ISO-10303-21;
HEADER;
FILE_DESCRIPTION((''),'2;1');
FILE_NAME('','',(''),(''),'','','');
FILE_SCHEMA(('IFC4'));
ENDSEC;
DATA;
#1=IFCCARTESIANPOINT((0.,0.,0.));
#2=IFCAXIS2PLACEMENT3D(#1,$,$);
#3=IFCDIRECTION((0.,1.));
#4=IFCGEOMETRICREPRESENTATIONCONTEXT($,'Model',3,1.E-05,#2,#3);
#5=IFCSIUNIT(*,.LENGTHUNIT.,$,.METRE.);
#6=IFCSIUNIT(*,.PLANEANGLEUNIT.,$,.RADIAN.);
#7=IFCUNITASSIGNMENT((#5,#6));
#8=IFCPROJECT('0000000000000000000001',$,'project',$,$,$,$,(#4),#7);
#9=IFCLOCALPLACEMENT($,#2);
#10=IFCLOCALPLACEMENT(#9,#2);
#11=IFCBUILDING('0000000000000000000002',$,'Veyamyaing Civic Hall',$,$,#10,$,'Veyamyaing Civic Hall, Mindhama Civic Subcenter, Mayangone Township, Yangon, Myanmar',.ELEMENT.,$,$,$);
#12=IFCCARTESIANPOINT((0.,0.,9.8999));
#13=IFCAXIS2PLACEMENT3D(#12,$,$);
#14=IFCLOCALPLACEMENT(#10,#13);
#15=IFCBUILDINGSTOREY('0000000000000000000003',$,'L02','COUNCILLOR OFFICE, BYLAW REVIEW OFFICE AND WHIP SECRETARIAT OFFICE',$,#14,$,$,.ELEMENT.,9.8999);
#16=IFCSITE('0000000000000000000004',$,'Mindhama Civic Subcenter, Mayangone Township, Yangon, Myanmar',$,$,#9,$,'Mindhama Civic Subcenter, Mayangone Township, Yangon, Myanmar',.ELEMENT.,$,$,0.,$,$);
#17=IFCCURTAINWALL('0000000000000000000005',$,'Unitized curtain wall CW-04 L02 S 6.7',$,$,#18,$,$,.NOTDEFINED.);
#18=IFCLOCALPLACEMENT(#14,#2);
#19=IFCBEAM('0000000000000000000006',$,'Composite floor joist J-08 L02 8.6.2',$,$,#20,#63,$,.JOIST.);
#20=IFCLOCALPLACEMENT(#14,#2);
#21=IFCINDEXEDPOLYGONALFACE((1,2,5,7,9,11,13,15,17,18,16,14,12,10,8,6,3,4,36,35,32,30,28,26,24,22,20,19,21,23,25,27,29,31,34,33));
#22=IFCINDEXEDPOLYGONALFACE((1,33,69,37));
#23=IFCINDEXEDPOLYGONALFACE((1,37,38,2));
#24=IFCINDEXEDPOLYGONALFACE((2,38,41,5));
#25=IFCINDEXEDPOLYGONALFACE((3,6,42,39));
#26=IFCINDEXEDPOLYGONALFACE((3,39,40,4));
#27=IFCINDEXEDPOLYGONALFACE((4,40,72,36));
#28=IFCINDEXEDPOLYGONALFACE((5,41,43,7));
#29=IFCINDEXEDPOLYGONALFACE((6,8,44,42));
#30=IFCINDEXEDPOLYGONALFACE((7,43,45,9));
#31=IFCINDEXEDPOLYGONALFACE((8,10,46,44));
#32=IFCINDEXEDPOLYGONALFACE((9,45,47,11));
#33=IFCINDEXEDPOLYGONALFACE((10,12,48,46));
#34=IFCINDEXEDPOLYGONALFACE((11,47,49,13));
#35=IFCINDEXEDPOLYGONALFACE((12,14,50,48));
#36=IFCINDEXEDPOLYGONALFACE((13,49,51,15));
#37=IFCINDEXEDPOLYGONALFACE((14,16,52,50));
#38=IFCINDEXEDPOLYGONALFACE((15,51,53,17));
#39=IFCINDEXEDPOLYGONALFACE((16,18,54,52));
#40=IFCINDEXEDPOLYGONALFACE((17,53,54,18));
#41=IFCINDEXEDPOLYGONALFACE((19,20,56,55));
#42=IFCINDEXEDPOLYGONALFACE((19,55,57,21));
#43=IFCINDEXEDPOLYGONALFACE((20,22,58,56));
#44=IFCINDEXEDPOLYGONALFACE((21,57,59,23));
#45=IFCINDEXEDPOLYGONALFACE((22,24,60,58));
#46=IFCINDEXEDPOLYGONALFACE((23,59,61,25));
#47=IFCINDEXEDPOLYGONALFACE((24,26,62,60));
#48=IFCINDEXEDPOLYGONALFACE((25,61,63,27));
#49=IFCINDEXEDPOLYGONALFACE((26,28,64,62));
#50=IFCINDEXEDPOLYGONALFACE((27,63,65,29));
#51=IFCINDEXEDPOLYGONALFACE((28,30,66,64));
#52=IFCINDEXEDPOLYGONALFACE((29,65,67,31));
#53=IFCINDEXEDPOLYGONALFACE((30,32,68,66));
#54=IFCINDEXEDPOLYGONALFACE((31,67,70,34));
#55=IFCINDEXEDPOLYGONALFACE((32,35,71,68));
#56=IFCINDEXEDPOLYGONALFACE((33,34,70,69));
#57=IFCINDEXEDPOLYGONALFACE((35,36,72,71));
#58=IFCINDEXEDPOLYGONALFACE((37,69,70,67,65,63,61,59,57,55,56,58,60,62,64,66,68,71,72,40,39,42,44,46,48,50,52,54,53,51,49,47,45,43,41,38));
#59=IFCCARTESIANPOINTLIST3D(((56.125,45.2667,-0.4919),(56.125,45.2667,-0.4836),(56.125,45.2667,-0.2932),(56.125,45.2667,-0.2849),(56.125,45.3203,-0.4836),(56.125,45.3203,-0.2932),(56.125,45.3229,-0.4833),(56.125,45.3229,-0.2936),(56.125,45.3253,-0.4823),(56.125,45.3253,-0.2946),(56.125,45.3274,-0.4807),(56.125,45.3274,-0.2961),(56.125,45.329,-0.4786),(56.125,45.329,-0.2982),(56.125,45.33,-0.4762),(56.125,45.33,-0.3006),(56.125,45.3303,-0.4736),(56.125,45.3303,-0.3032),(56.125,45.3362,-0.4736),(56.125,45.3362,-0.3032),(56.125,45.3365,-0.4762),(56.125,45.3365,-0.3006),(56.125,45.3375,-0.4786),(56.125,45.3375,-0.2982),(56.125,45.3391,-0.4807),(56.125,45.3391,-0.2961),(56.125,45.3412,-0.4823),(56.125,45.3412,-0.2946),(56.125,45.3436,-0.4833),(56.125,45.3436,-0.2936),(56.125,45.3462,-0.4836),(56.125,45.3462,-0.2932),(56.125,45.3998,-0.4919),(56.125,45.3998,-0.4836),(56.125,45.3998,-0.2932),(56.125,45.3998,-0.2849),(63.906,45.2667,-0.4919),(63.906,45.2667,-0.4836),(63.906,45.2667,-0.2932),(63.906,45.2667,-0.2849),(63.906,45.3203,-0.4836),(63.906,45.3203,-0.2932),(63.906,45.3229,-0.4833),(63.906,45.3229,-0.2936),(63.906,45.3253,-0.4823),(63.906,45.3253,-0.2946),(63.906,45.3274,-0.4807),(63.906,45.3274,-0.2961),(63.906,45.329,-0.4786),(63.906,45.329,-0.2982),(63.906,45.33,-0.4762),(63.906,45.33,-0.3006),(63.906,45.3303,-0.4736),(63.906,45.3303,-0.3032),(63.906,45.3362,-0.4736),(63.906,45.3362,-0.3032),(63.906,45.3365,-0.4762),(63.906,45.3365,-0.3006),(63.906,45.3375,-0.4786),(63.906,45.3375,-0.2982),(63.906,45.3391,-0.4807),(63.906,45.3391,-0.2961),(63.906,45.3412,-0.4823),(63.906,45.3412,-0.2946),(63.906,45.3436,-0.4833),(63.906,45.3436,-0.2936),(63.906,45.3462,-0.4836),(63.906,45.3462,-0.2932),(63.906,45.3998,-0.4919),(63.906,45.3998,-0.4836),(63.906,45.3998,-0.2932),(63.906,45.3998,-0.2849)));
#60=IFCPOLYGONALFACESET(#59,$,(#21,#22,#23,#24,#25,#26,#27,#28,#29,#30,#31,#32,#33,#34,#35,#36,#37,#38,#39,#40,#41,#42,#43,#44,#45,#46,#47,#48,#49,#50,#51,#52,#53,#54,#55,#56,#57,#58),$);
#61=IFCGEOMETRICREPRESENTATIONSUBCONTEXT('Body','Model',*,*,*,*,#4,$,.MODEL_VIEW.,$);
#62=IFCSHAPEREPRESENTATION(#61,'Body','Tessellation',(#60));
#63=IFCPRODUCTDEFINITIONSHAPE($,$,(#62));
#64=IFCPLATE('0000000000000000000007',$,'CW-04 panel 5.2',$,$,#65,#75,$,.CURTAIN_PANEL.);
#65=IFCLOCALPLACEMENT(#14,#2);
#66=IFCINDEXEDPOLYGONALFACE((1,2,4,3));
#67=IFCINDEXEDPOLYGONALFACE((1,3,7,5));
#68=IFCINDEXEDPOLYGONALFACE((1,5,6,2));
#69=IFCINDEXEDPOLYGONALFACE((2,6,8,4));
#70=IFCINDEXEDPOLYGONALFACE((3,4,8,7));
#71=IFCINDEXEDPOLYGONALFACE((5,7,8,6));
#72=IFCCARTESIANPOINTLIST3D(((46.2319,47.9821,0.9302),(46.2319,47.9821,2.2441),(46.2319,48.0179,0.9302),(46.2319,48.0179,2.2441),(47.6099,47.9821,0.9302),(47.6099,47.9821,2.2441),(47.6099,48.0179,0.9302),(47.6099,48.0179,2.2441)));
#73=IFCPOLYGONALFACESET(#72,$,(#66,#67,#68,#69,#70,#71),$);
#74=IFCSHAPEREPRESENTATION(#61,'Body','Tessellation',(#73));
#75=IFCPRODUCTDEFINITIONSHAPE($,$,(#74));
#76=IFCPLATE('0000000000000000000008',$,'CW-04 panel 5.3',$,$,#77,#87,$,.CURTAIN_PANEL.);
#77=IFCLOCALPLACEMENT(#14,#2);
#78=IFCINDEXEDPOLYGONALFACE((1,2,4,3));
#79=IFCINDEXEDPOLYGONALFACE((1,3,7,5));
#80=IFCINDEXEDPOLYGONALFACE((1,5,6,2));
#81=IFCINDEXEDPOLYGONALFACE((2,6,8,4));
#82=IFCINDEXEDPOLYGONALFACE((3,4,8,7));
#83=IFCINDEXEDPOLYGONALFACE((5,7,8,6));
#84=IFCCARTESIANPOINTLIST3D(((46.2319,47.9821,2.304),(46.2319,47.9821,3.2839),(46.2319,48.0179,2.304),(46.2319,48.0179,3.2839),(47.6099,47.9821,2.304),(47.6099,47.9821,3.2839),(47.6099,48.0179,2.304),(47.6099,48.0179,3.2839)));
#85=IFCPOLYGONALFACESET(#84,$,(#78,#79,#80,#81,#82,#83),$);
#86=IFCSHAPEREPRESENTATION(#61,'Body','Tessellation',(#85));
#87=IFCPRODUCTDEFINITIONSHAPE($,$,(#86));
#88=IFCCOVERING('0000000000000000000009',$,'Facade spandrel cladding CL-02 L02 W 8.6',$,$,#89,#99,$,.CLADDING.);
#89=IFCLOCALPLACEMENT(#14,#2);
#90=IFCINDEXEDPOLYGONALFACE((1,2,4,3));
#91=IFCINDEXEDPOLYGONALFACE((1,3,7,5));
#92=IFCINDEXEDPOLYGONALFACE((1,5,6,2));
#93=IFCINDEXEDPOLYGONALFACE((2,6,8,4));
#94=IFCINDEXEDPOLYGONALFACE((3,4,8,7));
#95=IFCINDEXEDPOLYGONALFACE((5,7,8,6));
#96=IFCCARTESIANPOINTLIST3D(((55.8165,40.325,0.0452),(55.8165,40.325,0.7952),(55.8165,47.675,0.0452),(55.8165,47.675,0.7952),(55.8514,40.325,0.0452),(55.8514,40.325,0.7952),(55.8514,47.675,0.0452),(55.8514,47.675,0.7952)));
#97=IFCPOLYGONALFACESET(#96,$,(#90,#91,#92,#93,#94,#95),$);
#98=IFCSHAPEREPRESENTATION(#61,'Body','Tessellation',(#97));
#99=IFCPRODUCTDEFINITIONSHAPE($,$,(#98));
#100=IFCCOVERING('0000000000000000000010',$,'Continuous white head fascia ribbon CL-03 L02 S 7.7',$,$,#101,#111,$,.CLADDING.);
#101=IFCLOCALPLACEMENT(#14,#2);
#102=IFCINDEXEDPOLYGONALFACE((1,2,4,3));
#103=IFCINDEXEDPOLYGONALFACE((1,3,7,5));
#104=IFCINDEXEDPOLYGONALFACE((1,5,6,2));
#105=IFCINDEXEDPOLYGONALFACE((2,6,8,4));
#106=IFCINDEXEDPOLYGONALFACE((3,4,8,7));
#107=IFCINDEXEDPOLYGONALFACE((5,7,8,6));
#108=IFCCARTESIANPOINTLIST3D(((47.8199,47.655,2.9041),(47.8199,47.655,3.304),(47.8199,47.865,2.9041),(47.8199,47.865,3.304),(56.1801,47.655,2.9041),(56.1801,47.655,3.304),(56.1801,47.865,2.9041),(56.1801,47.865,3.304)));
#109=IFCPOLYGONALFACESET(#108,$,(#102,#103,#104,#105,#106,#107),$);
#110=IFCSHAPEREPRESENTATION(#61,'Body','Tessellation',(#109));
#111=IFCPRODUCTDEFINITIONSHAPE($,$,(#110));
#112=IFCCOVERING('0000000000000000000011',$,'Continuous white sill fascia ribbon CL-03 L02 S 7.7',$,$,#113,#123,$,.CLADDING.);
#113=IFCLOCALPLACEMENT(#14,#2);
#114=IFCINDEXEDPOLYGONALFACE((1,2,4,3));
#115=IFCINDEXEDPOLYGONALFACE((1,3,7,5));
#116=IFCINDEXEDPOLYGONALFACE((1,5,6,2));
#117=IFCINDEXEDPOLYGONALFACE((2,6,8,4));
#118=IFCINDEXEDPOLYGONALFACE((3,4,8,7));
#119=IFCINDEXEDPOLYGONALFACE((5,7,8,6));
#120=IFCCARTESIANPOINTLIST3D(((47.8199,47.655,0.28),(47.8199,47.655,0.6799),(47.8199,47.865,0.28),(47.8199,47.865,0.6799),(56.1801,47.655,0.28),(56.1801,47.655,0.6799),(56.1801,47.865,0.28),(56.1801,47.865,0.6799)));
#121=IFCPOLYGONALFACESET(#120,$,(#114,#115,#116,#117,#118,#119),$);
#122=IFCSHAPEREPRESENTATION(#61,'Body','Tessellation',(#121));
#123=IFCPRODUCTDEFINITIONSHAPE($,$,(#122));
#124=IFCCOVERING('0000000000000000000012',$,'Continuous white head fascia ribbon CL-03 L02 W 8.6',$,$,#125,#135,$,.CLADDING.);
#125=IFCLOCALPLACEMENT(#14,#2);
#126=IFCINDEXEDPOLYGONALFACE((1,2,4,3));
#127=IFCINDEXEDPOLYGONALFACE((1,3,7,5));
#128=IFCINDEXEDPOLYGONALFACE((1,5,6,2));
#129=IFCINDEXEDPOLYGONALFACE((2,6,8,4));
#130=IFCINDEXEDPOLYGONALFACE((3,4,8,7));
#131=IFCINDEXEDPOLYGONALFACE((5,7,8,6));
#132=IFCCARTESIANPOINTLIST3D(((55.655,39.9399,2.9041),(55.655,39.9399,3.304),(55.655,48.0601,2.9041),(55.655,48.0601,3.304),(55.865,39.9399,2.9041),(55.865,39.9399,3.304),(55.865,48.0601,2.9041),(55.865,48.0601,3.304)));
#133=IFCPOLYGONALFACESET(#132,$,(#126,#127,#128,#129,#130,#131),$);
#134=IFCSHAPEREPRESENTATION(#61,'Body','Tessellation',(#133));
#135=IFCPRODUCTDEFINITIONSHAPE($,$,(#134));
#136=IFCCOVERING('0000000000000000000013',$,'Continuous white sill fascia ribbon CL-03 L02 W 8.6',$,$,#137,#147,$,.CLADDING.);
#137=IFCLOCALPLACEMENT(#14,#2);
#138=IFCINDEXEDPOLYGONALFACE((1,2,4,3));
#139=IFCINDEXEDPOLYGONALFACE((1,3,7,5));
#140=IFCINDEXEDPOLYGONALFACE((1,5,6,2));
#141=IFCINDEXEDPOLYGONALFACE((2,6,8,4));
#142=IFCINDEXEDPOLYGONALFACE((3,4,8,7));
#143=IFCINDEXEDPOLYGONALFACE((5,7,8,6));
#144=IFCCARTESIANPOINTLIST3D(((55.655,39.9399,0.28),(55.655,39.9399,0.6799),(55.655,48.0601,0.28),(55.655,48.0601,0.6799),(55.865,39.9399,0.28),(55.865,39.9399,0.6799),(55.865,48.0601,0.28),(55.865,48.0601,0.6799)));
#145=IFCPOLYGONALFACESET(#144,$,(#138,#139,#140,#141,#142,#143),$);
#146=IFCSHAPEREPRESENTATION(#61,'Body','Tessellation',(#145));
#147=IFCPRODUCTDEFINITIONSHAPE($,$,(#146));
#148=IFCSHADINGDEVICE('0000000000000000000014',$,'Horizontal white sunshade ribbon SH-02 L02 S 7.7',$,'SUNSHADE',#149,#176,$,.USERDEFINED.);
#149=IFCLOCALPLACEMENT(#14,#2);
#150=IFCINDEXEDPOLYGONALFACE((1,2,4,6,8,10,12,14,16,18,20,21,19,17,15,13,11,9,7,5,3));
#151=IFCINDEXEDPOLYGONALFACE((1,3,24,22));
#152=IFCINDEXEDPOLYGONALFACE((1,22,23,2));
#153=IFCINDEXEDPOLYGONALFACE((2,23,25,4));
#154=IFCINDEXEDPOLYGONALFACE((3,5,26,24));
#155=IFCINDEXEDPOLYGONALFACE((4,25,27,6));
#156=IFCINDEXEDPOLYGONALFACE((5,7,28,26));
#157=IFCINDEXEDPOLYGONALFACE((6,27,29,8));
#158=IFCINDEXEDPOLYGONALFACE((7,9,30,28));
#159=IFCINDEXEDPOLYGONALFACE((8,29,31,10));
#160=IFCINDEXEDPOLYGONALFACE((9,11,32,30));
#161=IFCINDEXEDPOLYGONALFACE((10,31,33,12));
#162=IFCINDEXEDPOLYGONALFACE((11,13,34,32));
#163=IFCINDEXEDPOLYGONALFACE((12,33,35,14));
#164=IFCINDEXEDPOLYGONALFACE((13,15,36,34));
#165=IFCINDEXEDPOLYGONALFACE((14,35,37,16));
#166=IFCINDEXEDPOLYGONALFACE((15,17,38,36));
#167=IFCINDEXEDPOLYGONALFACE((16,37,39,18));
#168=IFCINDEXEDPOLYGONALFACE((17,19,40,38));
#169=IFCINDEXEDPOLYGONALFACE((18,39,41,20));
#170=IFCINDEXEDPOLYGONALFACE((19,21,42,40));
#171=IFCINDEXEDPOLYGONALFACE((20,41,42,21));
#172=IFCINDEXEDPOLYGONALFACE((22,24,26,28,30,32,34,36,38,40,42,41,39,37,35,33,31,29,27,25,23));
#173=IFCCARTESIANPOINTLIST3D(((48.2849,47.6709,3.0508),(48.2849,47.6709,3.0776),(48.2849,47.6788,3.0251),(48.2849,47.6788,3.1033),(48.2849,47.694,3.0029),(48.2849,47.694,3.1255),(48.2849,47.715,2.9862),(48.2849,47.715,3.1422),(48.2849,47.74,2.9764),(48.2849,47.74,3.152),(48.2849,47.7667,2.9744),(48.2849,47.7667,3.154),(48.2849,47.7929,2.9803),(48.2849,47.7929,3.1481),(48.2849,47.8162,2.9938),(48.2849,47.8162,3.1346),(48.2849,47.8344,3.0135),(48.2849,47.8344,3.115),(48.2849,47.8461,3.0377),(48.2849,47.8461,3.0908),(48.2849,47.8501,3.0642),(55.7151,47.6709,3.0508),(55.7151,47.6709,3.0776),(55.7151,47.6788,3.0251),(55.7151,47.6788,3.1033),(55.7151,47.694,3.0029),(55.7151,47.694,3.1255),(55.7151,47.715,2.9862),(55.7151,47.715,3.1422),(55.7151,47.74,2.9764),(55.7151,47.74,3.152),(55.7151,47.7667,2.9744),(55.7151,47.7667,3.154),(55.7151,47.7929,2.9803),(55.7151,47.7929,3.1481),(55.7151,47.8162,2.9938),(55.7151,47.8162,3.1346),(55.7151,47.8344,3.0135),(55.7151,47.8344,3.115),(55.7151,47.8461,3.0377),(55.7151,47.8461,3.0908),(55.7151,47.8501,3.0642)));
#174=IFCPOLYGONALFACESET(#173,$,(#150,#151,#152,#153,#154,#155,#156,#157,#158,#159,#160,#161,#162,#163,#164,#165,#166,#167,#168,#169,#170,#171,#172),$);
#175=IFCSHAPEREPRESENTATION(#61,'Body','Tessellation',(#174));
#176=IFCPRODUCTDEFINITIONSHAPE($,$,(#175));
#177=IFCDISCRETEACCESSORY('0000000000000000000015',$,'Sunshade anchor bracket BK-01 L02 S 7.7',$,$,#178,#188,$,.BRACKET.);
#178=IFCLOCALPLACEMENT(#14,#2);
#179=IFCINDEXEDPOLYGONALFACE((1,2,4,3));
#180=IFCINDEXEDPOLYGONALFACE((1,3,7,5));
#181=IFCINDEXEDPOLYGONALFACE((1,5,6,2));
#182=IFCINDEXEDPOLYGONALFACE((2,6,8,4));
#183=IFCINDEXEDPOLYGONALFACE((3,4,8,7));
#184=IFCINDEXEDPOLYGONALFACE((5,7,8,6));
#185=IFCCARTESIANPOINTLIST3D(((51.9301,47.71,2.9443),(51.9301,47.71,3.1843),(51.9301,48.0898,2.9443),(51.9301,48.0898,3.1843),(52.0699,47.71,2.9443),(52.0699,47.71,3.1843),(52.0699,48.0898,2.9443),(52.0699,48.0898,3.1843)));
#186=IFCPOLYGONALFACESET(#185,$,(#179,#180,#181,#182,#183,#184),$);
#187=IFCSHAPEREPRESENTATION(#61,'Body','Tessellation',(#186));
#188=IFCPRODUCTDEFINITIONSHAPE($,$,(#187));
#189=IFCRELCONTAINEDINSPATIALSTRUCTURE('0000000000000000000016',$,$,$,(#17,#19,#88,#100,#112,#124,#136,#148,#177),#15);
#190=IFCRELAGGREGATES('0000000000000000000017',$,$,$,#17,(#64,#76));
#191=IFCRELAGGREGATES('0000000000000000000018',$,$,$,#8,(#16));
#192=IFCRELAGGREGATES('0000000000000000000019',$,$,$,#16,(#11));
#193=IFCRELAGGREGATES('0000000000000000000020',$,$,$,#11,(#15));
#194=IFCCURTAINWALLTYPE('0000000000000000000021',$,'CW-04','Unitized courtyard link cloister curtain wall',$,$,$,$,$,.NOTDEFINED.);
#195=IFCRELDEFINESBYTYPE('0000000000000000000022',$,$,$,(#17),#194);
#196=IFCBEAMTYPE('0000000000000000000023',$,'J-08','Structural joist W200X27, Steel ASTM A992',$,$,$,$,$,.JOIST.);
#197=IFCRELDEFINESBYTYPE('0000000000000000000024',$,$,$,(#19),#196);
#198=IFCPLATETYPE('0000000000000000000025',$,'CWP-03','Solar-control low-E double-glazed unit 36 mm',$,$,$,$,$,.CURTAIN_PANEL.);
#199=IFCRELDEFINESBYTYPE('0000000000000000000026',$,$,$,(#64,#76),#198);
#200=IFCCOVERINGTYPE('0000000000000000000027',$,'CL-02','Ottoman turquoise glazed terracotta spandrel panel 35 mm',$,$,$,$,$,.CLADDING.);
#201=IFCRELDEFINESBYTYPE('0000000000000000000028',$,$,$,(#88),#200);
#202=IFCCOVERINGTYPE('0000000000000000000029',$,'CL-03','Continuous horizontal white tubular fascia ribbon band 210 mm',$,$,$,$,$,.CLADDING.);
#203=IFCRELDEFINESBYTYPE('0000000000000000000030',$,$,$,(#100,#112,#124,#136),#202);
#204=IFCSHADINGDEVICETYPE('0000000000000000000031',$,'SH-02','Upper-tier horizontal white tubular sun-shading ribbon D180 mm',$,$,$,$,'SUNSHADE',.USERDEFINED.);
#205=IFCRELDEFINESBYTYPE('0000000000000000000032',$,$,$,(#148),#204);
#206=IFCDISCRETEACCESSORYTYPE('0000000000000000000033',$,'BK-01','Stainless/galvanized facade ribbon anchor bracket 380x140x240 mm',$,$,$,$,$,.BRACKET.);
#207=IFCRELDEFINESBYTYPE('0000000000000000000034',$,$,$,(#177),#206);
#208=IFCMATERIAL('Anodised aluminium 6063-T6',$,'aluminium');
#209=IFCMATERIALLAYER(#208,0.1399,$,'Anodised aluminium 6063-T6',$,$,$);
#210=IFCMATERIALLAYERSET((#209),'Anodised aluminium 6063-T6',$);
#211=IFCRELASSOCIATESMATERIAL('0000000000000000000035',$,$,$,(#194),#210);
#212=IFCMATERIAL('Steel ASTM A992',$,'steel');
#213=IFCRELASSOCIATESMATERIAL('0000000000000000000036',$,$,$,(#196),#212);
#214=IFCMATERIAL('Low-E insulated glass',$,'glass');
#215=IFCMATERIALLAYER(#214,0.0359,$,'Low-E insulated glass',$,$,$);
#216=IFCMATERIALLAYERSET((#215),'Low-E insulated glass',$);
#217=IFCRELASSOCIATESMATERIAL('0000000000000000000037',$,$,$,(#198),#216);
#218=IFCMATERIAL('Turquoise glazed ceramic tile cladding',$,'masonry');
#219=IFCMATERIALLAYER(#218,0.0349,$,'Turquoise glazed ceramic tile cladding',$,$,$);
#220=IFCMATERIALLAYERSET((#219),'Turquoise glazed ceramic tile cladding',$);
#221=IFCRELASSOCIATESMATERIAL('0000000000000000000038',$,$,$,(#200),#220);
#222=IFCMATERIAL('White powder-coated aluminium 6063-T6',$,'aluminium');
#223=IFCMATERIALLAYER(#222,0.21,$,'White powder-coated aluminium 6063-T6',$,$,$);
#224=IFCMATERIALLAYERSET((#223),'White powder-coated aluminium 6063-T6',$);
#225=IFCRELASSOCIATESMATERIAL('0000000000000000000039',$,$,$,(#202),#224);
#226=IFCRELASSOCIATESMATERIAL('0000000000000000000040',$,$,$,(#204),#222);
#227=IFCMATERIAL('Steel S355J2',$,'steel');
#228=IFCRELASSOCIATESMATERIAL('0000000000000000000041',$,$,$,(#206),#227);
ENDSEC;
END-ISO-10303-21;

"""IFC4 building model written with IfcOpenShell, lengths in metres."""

from ifc_helpers import new_model, si_unit, direction, frame, origin, origin_2d, place, context, subcontext, project, spatial, rectangle, circle, i_section, extrude, material, layer, layer_set, material_profile, profile_set, type_object, element, aggregate, save


model = new_model("IFC4")

# Units and contexts
model_context = context("Model", 3, precision=1e-05, world=origin(), true_north=direction((0.0, 1.0)))
body_context = subcontext(model_context, "Body", "Model", "MODEL_VIEW")
ifc_project = project(units=[si_unit("LENGTHUNIT", "METRE"), si_unit("PLANEANGLEUNIT", "RADIAN")], contexts=[model_context])

# Site, building, storey
site_placement = place(None, origin())
site = spatial("IfcSite", under=ifc_project, at=site_placement, Name="Mindhama Civic Subcenter, Mayangone Township, Yangon, Myanmar", LongName="Mindhama Civic Subcenter, Mayangone Township, Yangon, Myanmar", CompositionType="ELEMENT", RefElevation=0.0)
building_placement = place(site_placement, origin())
building = spatial("IfcBuilding", under=site, at=building_placement, Name="Veyamyaing Civic Hall", LongName="Veyamyaing Civic Hall, Mindhama Civic Subcenter, Mayangone Township, Yangon, Myanmar", CompositionType="ELEMENT")
storey_placement = place(building_placement, frame((0.0, 0.0, 9.8999)))
storey = spatial("IfcBuildingStorey", under=building, at=storey_placement, Name="L02", Description="COUNCILLOR OFFICE, BYLAW REVIEW OFFICE AND WHIP SECRETARIAT OFFICE", CompositionType="ELEMENT", Elevation=9.8999)

# Shared definitions
ifc_material_1 = material(Name="Steel ASTM A992", Category="steel")

# Curtain wall
ifc_material_2 = material(Name="Anodised aluminium 6063-T6", Category="aluminium")
ifc_layer_1 = layer(ifc_material_2, 0.1399, Name="Anodised aluminium 6063-T6")
ifc_layer_set_1 = layer_set([ifc_layer_1], Name="Anodised aluminium 6063-T6")
curtain_wall_type = type_object("IfcCurtainWallType", Name="CW-04", Description="Unitized courtyard link cloister curtain wall", PredefinedType="NOTDEFINED", material=ifc_layer_set_1)
curtain_wall_1_placement = place(storey_placement, origin())
curtain_wall_1 = element("IfcCurtainWall", 1, at=curtain_wall_1_placement, inside=storey, type_object=curtain_wall_type, Name="Unitized curtain wall CW-04 L02 S 6.7", PredefinedType="NOTDEFINED")

# Beam
ifc_material_profile_1 = material_profile(ifc_material_1, i_section(OverallWidth=0.1331, OverallDepth=0.207, WebThickness=0.0059, FlangeThickness=0.0083, FilletRadius=0.01, at=origin_2d()), Name="W200X27")
ifc_profile_set_1 = profile_set([ifc_material_profile_1], Name="Steel ASTM A992")
beam_type_1 = type_object("IfcBeamType", Name="J-08", Description="Structural joist W200X27, Steel ASTM A992", PredefinedType="JOIST", material=ifc_profile_set_1)
for number, where, z_axis, x_axis, name in (
    (2, (56.125, 45.3333, -0.3884), (1.0, 0.0, 0.0), (0.0, 1.0, 0.0), "Composite floor joist J-08 L02 8.6.2"),
):
    element("IfcBeam", number, at=place(storey_placement, frame(where, z_axis=z_axis, x_axis=x_axis)), inside=storey, type_object=beam_type_1, Name=name, PredefinedType="JOIST", context=body_context, shape_type="SweptSolid", body=[
        extrude(i_section(OverallWidth=0.1331, OverallDepth=0.207, WebThickness=0.0059, FlangeThickness=0.0083, FilletRadius=0.01, at=origin_2d()), origin(), (0.0, 0.0, 1.0), 7.781),
    ])

# Plates
ifc_material_3 = material(Name="Low-E insulated glass", Category="glass")
ifc_layer_2 = layer(ifc_material_3, 0.0359, Name="Low-E insulated glass")
ifc_layer_set_2 = layer_set([ifc_layer_2], Name="Low-E insulated glass")
plate_type = type_object("IfcPlateType", Name="CWP-03", Description="Solar-control low-E double-glazed unit 36 mm", PredefinedType="CURTAIN_PANEL", material=ifc_layer_set_2)
plate_1_placement = place(storey_placement, frame((46.9209, 48.0, 0.9302), z_axis=(0.0, 0.0, 1.0), x_axis=(1.0, 0.0, 0.0)))
plate_1 = element("IfcPlate", 3, at=plate_1_placement, type_object=plate_type, Name="CW-04 panel 5.2", PredefinedType="CURTAIN_PANEL", context=body_context, shape_type="SweptSolid", body=[
    extrude(rectangle(XDim=1.3779, YDim=0.0359, at=origin_2d()), origin(), (0.0, 0.0, 1.0), 1.314),
])
plate_2_placement = place(storey_placement, frame((46.9209, 48.0, 2.304), z_axis=(0.0, 0.0, 1.0), x_axis=(1.0, 0.0, 0.0)))
plate_2 = element("IfcPlate", 4, at=plate_2_placement, type_object=plate_type, Name="CW-04 panel 5.3", PredefinedType="CURTAIN_PANEL", context=body_context, shape_type="SweptSolid", body=[
    extrude(rectangle(XDim=1.3779, YDim=0.0359, at=origin_2d()), origin(), (0.0, 0.0, 1.0), 0.98),
])
aggregate(curtain_wall_1, [plate_1, plate_2])

# Coverings
ifc_material_4 = material(Name="Turquoise glazed ceramic tile cladding", Category="masonry")
ifc_layer_3 = layer(ifc_material_4, 0.0349, Name="Turquoise glazed ceramic tile cladding")
ifc_layer_set_3 = layer_set([ifc_layer_3], Name="Turquoise glazed ceramic tile cladding")
covering_type_1 = type_object("IfcCoveringType", Name="CL-02", Description="Ottoman turquoise glazed terracotta spandrel panel 35 mm", PredefinedType="CLADDING", material=ifc_layer_set_3)
covering_placement = place(storey_placement, frame((55.834, 44.0, 0.0452), z_axis=(0.0, 0.0, 1.0), x_axis=(0.0, 1.0, 0.0)))
element("IfcCovering", 5, at=covering_placement, inside=storey, type_object=covering_type_1, Name="Facade spandrel cladding CL-02 L02 W 8.6", PredefinedType="CLADDING", context=body_context, shape_type="SweptSolid", body=[
    extrude(rectangle(XDim=7.3501, YDim=0.0349, at=origin_2d()), origin(), (0.0, 0.0, 1.0), 0.75),
])
ifc_material_5 = material(Name="White powder-coated aluminium 6063-T6", Category="aluminium")
ifc_layer_4 = layer(ifc_material_5, 0.21, Name="White powder-coated aluminium 6063-T6")
ifc_layer_set_4 = layer_set([ifc_layer_4], Name="White powder-coated aluminium 6063-T6")
covering_type_2 = type_object("IfcCoveringType", Name="CL-03", Description="Continuous horizontal white tubular fascia ribbon band 210 mm", PredefinedType="CLADDING", material=ifc_layer_set_4)
for number, where, z_axis, x_axis, name in (
    (6, (52.0, 47.76, 2.9041), (0.0, 0.0, 1.0), (1.0, 0.0, 0.0), "Continuous white head fascia ribbon CL-03 L02 S 7.7"),
    (7, (52.0, 47.76, 0.28), (0.0, 0.0, 1.0), (1.0, 0.0, 0.0), "Continuous white sill fascia ribbon CL-03 L02 S 7.7"),
):
    element("IfcCovering", number, at=place(storey_placement, frame(where, z_axis=z_axis, x_axis=x_axis)), inside=storey, type_object=covering_type_2, Name=name, PredefinedType="CLADDING", context=body_context, shape_type="SweptSolid", body=[
        extrude(rectangle(XDim=8.3601, YDim=0.21, at=origin_2d()), origin(), (0.0, 0.0, 1.0), 0.3999),
    ])
for number, where, z_axis, x_axis, name in (
    (8, (55.76, 44.0, 2.9041), (0.0, 0.0, 1.0), (0.0, 1.0, 0.0), "Continuous white head fascia ribbon CL-03 L02 W 8.6"),
    (9, (55.76, 44.0, 0.28), (0.0, 0.0, 1.0), (0.0, 1.0, 0.0), "Continuous white sill fascia ribbon CL-03 L02 W 8.6"),
):
    element("IfcCovering", number, at=place(storey_placement, frame(where, z_axis=z_axis, x_axis=x_axis)), inside=storey, type_object=covering_type_2, Name=name, PredefinedType="CLADDING", context=body_context, shape_type="SweptSolid", body=[
        extrude(rectangle(XDim=8.1201, YDim=0.21, at=origin_2d()), origin(), (0.0, 0.0, 1.0), 0.3999),
    ])

# Shading device
ifc_material_profile_2 = material_profile(ifc_material_5, circle(Radius=0.0901, at=origin_2d()), Name="SHADE-TUBE-180")
ifc_profile_set_2 = profile_set([ifc_material_profile_2], Name="White powder-coated aluminium 6063-T6")
shading_device_type = type_object("IfcShadingDeviceType", Name="SH-02", Description="Upper-tier horizontal white tubular sun-shading ribbon D180 mm", ElementType="SUNSHADE", PredefinedType="USERDEFINED", material=ifc_profile_set_2)
shading_device_placement = place(storey_placement, frame((48.2849, 47.76, 3.0642), z_axis=(1.0, 0.0, 0.0), x_axis=(0.0, 1.0, 0.0)))
element("IfcShadingDevice", 10, at=shading_device_placement, inside=storey, type_object=shading_device_type, Name="Horizontal white sunshade ribbon SH-02 L02 S 7.7", ObjectType="SUNSHADE", PredefinedType="USERDEFINED", context=body_context, shape_type="SweptSolid", body=[
    extrude(circle(Radius=0.0901, at=origin_2d()), origin(), (0.0, 0.0, 1.0), 7.4302),
])

# Discrete accessory
ifc_material_6 = material(Name="Steel S355J2", Category="steel")
discrete_accessory_type = type_object("IfcDiscreteAccessoryType", Name="BK-01", Description="Stainless/galvanized facade ribbon anchor bracket 380x140x240 mm", PredefinedType="BRACKET", material=ifc_material_6)
for number, where, z_axis, x_axis, name in (
    (11, (52.0, 47.8999, 2.9443), (0.0, 0.0, 1.0), (0.0, -1.0, 0.0), "Sunshade anchor bracket BK-01 L02 S 7.7"),
):
    element("IfcDiscreteAccessory", number, at=place(storey_placement, frame(where, z_axis=z_axis, x_axis=x_axis)), inside=storey, type_object=discrete_accessory_type, Name=name, PredefinedType="BRACKET", context=body_context, shape_type="SweptSolid", body=[
        extrude(rectangle(XDim=0.3799, YDim=0.1399, at=origin_2d()), origin(), (0.0, 0.0, 1.0), 0.24),
    ])

save(model, "model.ifc")
